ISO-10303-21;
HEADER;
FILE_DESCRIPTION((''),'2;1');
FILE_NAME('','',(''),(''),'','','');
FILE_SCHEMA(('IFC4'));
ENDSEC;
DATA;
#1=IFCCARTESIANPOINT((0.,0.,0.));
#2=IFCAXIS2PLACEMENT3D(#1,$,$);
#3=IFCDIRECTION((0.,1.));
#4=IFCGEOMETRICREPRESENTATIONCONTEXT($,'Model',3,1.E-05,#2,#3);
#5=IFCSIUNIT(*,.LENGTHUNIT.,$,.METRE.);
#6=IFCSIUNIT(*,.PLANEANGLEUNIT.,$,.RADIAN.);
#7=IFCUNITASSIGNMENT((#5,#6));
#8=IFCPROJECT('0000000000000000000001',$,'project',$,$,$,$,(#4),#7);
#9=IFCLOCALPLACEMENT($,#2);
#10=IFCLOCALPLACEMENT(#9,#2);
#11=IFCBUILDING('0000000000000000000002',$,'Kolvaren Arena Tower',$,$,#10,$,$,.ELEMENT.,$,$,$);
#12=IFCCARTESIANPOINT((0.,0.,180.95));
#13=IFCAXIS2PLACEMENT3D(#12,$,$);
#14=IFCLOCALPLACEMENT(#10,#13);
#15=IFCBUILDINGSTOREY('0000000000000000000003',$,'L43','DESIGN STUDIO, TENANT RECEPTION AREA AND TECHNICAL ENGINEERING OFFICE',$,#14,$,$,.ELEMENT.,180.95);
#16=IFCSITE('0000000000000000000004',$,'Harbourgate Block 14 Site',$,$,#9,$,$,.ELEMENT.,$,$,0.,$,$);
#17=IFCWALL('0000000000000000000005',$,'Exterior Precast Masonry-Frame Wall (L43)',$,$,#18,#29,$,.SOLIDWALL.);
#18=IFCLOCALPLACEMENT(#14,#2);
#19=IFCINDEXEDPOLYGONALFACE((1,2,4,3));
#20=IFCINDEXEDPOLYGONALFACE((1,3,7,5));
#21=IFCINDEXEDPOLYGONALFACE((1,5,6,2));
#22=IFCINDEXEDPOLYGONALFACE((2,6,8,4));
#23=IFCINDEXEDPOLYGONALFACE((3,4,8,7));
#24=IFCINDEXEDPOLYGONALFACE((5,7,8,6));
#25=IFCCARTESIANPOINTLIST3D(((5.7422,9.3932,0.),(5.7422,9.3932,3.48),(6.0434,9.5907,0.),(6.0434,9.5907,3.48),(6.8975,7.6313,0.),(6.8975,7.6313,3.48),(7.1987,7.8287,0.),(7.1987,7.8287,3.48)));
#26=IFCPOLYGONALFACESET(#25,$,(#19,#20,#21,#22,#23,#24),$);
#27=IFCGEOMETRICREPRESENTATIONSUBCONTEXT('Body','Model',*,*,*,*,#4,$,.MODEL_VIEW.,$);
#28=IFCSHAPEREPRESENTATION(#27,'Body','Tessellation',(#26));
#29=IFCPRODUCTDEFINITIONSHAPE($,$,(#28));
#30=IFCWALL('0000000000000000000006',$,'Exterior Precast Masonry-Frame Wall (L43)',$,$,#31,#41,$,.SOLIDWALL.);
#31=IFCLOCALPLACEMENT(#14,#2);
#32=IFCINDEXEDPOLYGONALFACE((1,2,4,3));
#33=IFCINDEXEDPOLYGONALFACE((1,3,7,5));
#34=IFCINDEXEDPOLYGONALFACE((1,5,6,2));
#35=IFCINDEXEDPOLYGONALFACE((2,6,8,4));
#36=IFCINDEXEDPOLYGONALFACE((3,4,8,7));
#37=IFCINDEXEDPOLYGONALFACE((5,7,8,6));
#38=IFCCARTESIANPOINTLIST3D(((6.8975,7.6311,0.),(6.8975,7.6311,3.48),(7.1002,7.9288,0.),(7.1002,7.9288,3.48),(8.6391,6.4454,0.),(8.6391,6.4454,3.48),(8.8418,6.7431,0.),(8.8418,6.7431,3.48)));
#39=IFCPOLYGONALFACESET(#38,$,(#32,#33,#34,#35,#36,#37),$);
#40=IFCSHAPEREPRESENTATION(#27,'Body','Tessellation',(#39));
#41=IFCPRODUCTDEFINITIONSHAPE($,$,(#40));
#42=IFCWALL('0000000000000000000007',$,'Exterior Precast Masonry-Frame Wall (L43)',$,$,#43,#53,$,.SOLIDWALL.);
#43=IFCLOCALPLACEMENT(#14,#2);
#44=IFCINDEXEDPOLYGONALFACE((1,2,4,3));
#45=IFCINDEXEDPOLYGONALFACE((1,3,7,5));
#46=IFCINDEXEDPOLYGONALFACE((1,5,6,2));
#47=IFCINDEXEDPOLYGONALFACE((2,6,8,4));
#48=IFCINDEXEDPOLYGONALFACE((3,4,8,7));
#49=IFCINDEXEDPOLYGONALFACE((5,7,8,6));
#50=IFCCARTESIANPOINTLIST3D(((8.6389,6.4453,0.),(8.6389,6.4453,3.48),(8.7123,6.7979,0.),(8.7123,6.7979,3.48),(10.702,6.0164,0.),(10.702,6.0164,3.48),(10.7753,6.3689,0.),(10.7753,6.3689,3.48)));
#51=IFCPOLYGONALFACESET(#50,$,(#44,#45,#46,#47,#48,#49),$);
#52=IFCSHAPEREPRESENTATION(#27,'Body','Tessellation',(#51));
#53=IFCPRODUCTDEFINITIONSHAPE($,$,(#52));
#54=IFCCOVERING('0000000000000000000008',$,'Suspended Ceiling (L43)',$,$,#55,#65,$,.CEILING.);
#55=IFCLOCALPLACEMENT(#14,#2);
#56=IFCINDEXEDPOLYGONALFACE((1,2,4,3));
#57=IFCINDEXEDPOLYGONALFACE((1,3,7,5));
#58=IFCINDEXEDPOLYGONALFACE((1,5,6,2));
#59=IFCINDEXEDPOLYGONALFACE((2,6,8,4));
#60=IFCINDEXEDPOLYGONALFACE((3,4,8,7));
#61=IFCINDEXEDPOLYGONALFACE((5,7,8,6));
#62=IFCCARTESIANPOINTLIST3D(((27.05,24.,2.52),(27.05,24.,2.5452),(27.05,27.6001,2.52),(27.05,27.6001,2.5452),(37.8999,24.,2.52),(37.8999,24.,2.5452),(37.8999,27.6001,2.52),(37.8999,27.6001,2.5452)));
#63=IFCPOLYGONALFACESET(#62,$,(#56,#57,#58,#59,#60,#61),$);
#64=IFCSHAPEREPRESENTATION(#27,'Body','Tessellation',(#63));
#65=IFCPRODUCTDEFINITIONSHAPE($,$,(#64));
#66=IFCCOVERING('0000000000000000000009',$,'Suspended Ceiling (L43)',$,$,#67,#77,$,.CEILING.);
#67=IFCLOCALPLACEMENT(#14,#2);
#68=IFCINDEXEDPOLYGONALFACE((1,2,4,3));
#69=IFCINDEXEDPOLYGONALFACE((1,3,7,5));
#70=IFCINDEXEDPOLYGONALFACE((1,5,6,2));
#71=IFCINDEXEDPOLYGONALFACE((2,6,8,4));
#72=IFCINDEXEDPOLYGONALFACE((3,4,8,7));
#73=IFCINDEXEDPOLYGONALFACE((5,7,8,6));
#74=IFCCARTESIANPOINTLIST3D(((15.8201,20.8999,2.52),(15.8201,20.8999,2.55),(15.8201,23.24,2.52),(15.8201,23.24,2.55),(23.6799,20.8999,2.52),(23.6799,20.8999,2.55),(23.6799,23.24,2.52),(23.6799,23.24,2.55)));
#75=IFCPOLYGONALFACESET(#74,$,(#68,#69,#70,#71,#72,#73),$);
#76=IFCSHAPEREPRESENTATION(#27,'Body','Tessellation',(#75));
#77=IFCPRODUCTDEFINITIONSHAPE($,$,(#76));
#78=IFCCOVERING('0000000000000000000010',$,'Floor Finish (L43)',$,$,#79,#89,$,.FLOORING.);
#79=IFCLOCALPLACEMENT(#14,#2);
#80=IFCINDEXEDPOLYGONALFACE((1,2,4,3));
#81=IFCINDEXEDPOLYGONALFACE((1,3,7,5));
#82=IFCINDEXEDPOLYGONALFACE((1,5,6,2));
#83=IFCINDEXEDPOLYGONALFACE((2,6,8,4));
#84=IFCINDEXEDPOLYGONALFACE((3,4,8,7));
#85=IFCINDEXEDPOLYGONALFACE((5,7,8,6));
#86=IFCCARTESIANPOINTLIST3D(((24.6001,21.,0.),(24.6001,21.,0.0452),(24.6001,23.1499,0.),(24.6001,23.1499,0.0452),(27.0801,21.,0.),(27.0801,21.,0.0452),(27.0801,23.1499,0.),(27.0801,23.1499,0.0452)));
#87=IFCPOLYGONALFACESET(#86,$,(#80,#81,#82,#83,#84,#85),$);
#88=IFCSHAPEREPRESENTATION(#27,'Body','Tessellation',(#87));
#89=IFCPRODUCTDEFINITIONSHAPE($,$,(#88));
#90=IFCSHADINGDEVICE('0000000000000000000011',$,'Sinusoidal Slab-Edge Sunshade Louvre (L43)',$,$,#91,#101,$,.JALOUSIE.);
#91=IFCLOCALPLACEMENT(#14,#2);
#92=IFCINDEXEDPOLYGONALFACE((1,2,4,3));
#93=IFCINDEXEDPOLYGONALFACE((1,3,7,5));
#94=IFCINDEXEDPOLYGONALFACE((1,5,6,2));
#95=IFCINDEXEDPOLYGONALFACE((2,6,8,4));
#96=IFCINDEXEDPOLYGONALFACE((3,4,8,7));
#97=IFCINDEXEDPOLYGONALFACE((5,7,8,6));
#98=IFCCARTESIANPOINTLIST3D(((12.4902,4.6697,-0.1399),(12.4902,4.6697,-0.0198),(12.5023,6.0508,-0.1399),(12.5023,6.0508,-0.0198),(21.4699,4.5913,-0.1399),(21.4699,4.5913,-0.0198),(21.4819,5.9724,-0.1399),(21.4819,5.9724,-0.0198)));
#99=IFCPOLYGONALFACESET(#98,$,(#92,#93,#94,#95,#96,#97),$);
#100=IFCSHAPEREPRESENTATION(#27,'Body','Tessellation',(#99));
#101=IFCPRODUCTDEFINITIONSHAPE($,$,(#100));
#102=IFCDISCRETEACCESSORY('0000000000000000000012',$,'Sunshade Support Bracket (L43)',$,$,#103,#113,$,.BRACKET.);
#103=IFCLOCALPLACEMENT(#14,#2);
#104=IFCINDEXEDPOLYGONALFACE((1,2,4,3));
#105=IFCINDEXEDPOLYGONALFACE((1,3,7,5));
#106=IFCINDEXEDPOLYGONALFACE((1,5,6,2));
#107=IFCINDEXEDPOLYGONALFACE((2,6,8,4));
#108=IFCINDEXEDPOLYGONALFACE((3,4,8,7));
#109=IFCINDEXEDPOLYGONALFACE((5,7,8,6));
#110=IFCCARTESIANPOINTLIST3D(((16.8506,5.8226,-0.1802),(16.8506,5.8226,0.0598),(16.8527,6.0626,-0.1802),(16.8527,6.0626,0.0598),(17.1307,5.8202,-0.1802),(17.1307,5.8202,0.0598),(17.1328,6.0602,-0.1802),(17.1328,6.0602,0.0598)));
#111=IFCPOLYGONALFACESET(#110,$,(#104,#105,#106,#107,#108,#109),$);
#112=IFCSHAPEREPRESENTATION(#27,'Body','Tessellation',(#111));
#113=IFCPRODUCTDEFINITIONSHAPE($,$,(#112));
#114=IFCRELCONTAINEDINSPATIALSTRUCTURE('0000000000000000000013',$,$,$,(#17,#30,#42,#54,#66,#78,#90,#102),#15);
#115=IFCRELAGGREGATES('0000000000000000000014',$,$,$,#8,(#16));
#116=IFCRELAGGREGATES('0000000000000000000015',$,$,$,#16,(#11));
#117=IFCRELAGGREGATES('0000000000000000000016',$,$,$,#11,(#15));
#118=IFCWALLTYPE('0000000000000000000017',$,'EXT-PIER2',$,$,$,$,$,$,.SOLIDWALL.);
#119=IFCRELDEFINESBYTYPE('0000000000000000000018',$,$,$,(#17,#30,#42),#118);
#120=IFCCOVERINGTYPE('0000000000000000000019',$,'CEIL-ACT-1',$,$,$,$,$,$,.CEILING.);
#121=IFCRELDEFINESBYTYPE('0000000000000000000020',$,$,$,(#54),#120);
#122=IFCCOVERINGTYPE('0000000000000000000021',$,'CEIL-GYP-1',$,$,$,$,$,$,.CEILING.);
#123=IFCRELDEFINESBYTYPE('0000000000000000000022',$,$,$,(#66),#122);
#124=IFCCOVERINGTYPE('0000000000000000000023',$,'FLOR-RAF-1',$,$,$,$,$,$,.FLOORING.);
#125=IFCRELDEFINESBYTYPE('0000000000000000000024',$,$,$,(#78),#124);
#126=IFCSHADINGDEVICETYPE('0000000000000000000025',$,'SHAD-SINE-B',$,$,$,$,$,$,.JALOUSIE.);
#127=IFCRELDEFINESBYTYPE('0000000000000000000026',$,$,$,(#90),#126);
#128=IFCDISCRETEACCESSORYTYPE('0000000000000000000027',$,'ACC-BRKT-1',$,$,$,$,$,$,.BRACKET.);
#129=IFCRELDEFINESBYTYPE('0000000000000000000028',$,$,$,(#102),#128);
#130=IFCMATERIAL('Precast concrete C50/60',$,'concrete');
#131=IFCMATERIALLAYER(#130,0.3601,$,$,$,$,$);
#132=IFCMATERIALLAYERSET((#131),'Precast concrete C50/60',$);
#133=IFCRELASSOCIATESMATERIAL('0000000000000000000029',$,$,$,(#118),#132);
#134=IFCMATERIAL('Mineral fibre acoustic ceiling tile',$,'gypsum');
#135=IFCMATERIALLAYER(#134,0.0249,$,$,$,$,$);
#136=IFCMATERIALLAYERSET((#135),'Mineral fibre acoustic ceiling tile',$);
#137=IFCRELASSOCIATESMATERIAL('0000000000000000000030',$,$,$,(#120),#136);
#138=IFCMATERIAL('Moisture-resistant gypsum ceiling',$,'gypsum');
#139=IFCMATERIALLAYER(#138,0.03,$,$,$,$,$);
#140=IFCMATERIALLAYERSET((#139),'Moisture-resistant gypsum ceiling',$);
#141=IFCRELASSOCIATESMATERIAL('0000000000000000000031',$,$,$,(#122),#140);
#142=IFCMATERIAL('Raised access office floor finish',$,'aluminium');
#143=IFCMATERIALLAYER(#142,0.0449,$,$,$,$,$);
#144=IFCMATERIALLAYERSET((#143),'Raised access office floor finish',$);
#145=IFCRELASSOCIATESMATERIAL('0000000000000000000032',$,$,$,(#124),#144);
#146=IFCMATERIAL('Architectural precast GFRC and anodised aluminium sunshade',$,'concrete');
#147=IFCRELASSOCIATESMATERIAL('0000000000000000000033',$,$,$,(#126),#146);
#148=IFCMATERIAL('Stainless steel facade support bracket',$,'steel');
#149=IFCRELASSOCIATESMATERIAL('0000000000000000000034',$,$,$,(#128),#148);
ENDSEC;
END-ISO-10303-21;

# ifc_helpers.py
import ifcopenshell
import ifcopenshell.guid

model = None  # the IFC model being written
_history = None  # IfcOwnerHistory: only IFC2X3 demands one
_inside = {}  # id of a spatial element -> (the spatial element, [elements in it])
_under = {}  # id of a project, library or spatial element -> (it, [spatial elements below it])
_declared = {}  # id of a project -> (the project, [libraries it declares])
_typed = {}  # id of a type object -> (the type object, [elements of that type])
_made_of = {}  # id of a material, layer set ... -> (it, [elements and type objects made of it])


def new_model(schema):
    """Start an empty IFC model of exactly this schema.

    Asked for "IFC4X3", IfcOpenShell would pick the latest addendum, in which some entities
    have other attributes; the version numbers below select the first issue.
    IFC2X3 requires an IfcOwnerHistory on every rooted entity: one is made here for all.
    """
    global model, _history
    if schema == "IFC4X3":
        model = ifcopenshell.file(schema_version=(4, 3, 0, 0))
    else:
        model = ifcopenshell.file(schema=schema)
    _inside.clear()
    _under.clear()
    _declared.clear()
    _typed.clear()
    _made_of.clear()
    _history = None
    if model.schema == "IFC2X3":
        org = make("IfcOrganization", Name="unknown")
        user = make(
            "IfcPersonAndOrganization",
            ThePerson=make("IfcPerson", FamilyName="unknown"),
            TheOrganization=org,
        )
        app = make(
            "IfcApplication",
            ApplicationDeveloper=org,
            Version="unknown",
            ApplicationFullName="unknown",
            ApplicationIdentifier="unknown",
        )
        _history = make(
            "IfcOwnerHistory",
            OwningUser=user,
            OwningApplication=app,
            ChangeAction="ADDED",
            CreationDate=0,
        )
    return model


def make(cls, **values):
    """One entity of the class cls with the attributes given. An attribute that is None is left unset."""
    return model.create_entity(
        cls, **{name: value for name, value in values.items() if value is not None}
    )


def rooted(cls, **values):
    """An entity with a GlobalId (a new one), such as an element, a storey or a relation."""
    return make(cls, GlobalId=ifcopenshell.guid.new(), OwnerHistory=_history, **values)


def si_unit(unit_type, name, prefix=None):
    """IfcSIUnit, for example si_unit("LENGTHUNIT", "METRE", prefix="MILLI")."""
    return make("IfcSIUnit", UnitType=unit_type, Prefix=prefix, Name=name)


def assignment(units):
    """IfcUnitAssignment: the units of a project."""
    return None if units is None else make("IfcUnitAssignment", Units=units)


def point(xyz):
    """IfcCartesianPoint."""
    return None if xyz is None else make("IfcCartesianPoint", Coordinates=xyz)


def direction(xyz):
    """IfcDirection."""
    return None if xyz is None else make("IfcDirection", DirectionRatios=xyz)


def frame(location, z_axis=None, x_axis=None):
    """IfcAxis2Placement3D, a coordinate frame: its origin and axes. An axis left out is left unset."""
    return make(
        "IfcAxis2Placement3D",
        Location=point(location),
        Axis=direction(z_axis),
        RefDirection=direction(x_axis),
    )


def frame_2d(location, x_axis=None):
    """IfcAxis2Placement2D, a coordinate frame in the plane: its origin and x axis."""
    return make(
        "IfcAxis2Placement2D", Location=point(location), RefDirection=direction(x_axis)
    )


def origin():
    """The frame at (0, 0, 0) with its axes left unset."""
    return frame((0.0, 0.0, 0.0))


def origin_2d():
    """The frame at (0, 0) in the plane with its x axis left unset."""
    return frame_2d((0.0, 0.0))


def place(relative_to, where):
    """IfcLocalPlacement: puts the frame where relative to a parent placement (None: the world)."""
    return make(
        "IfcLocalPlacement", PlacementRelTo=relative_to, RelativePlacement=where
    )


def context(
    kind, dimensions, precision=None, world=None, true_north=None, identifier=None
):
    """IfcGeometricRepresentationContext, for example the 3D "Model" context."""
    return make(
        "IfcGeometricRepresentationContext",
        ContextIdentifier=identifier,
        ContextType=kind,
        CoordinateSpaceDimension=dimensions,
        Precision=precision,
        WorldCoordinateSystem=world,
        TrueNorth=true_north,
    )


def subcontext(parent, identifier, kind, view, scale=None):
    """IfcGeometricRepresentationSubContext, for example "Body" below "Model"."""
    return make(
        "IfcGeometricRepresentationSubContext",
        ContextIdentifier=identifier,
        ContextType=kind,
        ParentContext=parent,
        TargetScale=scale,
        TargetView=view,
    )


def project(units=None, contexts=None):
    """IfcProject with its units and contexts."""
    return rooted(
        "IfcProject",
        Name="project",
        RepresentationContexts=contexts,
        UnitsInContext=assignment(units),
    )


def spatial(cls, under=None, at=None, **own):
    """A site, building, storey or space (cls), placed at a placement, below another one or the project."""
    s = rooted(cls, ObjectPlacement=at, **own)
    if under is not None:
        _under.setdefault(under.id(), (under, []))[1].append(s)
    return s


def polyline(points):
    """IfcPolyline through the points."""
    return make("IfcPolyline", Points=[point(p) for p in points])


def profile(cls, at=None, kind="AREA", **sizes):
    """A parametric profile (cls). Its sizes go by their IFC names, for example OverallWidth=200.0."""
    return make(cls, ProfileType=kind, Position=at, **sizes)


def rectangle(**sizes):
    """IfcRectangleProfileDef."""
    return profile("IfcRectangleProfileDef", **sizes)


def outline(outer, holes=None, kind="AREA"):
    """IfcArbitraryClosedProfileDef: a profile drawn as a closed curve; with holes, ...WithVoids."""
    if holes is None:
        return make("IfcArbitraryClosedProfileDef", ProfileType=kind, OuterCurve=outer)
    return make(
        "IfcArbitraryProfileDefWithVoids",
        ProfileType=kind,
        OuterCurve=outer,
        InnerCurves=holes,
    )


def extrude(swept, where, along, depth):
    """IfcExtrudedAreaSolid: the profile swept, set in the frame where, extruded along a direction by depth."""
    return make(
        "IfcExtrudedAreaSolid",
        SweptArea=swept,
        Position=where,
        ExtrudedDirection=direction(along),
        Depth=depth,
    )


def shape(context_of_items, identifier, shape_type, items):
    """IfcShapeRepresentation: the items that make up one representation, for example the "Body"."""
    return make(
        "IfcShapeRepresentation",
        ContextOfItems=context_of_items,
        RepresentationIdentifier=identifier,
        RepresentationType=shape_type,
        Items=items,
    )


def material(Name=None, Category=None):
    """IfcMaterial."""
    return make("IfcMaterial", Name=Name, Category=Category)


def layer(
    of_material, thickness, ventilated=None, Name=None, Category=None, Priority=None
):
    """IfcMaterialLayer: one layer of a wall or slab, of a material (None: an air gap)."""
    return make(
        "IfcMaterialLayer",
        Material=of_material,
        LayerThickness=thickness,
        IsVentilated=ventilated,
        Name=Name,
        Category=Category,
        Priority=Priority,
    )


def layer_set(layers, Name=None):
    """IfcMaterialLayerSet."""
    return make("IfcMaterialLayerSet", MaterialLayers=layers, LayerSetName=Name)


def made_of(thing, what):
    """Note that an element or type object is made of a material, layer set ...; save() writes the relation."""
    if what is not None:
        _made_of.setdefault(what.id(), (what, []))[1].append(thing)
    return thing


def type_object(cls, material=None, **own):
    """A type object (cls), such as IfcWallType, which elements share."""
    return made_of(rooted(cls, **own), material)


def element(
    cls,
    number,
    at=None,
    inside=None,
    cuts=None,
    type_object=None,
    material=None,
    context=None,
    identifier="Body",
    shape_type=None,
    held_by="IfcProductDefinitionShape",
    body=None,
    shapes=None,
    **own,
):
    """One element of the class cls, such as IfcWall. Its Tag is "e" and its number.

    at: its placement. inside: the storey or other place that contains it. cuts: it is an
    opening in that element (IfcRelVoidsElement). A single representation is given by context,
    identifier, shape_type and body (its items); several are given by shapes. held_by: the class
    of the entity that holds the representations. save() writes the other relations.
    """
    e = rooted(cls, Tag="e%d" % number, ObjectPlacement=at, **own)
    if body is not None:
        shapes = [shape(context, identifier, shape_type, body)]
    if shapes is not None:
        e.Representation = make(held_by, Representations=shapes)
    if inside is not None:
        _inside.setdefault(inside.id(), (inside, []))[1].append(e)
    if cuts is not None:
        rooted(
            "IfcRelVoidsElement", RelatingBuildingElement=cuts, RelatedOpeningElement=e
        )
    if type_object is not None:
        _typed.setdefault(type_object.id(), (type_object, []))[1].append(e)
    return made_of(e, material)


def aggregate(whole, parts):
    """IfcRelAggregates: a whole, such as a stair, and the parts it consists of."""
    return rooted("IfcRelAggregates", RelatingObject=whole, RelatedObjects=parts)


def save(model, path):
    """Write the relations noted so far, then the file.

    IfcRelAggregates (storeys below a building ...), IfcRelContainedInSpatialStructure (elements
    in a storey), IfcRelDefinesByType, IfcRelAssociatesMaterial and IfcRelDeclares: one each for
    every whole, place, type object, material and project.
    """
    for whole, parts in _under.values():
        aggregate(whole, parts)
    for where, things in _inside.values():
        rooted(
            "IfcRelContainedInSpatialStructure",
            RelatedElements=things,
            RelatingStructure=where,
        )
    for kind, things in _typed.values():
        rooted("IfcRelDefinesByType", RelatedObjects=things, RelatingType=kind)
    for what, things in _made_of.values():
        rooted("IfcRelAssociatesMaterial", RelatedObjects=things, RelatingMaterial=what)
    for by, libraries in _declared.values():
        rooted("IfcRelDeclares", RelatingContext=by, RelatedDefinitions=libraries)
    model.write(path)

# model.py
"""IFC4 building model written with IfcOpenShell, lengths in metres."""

from ifc_helpers import new_model, si_unit, direction, frame, frame_2d, origin, origin_2d, place, context, subcontext, project, spatial, polyline, rectangle, outline, extrude, material, layer, layer_set, type_object, element, save


model = new_model("IFC4")

# Units and contexts
model_context = context("Model", 3, precision=1e-05, world=origin(), true_north=direction((0.0, 1.0)))
body_context = subcontext(model_context, "Body", "Model", "MODEL_VIEW")
ifc_project = project(units=[si_unit("LENGTHUNIT", "METRE"), si_unit("PLANEANGLEUNIT", "RADIAN")], contexts=[model_context])

# Site, building, storey
site_placement = place(None, origin())
site = spatial("IfcSite", under=ifc_project, at=site_placement, Name="Harbourgate Block 14 Site", CompositionType="ELEMENT", RefElevation=0.0)
building_placement = place(site_placement, origin())
building = spatial("IfcBuilding", under=site, at=building_placement, Name="Kolvaren Arena Tower", CompositionType="ELEMENT")
storey_placement = place(building_placement, frame((0.0, 0.0, 180.95)))
storey = spatial("IfcBuildingStorey", under=building, at=storey_placement, Name="L43", Description="DESIGN STUDIO, TENANT RECEPTION AREA AND TECHNICAL ENGINEERING OFFICE", CompositionType="ELEMENT", Elevation=180.95)

# Walls
ifc_material_1 = material(Name="Precast concrete C50/60", Category="concrete")
ifc_layer_1 = layer(ifc_material_1, 0.3601)
ifc_layer_set_1 = layer_set([ifc_layer_1], Name="Precast concrete C50/60")
wall_type = type_object("IfcWallType", Name="EXT-PIER2", PredefinedType="SOLIDWALL", material=ifc_layer_set_1)
for number, where, z_axis, x_axis, name in (
    (1, (7.0481, 7.73, 0.0), (0.0, 0.0, 1.0), (-0.54832, 0.836269, 0.0), "Exterior Precast Masonry-Frame Wall (L43)"),
    (2, (8.7405, 6.5942, 0.0), (0.0, 0.0, 1.0), (-0.82661, 0.562776, 0.0), "Exterior Precast Masonry-Frame Wall (L43)"),
):
    element("IfcWall", number, at=place(storey_placement, frame(where, z_axis=z_axis, x_axis=x_axis)), inside=storey, type_object=wall_type, Name=name, PredefinedType="SOLIDWALL", context=body_context, shape_type="SweptSolid", body=[
        extrude(rectangle(XDim=2.1069, YDim=0.3601, at=frame_2d((1.0535, 0.0))), origin(), (0.0, 0.0, 1.0), 3.48),
    ])
wall_placement = place(storey_placement, frame((10.7388, 6.1926, 0.0), z_axis=(0.0, 0.0, 1.0), x_axis=(-0.979059, 0.203575, 0.0)))
element("IfcWall", 3, at=wall_placement, inside=storey, type_object=wall_type, Name="Exterior Precast Masonry-Frame Wall (L43)", PredefinedType="SOLIDWALL", context=body_context, shape_type="SweptSolid", body=[
    extrude(rectangle(XDim=2.1072, YDim=0.3601, at=frame_2d((1.0537, 0.0))), origin(), (0.0, 0.0, 1.0), 3.48),
])

# Coverings
ifc_material_2 = material(Name="Mineral fibre acoustic ceiling tile", Category="gypsum")
ifc_layer_2 = layer(ifc_material_2, 0.0249)
ifc_layer_set_2 = layer_set([ifc_layer_2], Name="Mineral fibre acoustic ceiling tile")
covering_type_1 = type_object("IfcCoveringType", Name="CEIL-ACT-1", PredefinedType="CEILING", material=ifc_layer_set_2)
covering_1_placement = place(storey_placement, frame((0.0, 0.0, 2.52)))
element("IfcCovering", 4, at=covering_1_placement, inside=storey, type_object=covering_type_1, Name="Suspended Ceiling (L43)", PredefinedType="CEILING", context=body_context, shape_type="SweptSolid", body=[
    extrude(outline(polyline([(27.05, 24.0), (27.05, 27.6001), (37.8999, 27.6001), (37.8999, 24.0), (27.05, 24.0)])), origin(), (0.0, 0.0, 1.0), 0.0251),
])
ifc_material_3 = material(Name="Moisture-resistant gypsum ceiling", Category="gypsum")
ifc_layer_3 = layer(ifc_material_3, 0.03)
ifc_layer_set_3 = layer_set([ifc_layer_3], Name="Moisture-resistant gypsum ceiling")
covering_type_2 = type_object("IfcCoveringType", Name="CEIL-GYP-1", PredefinedType="CEILING", material=ifc_layer_set_3)
covering_2_placement = place(storey_placement, frame((0.0, 0.0, 2.52)))
element("IfcCovering", 5, at=covering_2_placement, inside=storey, type_object=covering_type_2, Name="Suspended Ceiling (L43)", PredefinedType="CEILING", context=body_context, shape_type="SweptSolid", body=[
    extrude(outline(polyline([(15.8201, 20.8999), (15.8201, 23.24), (23.6799, 23.24), (23.6799, 20.8999), (15.8201, 20.8999)])), origin(), (0.0, 0.0, 1.0), 0.03),
])
ifc_material_4 = material(Name="Raised access office floor finish", Category="aluminium")
ifc_layer_4 = layer(ifc_material_4, 0.0449)
ifc_layer_set_4 = layer_set([ifc_layer_4], Name="Raised access office floor finish")
covering_type_3 = type_object("IfcCoveringType", Name="FLOR-RAF-1", PredefinedType="FLOORING", material=ifc_layer_set_4)
covering_3_placement = place(storey_placement, origin())
element("IfcCovering", 6, at=covering_3_placement, inside=storey, type_object=covering_type_3, Name="Floor Finish (L43)", PredefinedType="FLOORING", context=body_context, shape_type="SweptSolid", body=[
    extrude(outline(polyline([(24.6001, 21.0), (24.6001, 23.1499), (27.0801, 23.1499), (27.0801, 21.0), (24.6001, 21.0)])), origin(), (0.0, 0.0, 1.0), 0.0452),
])

# Shading device
ifc_material_5 = material(Name="Architectural precast GFRC and anodised aluminium sunshade", Category="concrete")
shading_device_type = type_object("IfcShadingDeviceType", Name="SHAD-SINE-B", PredefinedType="JALOUSIE", material=ifc_material_5)
shading_device_placement = place(storey_placement, frame((16.9861, 5.321, -0.1399), z_axis=(0.0, 0.0, 1.0), x_axis=(-0.999962, 0.008727, 0.0)))
element("IfcShadingDevice", 7, at=shading_device_placement, inside=storey, type_object=shading_device_type, Name="Sinusoidal Slab-Edge Sunshade Louvre (L43)", PredefinedType="JALOUSIE", context=body_context, shape_type="SweptSolid", body=[
    extrude(rectangle(XDim=8.98, YDim=1.3811, at=origin_2d()), origin(), (0.0, 0.0, 1.0), 0.1201),
])

# Discrete accessory
ifc_material_6 = material(Name="Stainless steel facade support bracket", Category="steel")
discrete_accessory_type = type_object("IfcDiscreteAccessoryType", Name="ACC-BRKT-1", PredefinedType="BRACKET", material=ifc_material_6)
discrete_accessory_placement = place(storey_placement, frame((16.9917, 5.9414, -0.1802), z_axis=(0.0, 0.0, 1.0), x_axis=(-0.999962, 0.008727, 0.0)))
element("IfcDiscreteAccessory", 8, at=discrete_accessory_placement, inside=storey, type_object=discrete_accessory_type, Name="Sunshade Support Bracket (L43)", PredefinedType="BRACKET", context=body_context, shape_type="SweptSolid", body=[
    extrude(rectangle(XDim=0.28, YDim=0.24, at=origin_2d()), origin(), (0.0, 0.0, 1.0), 0.24),
])

save(model, "model.ifc")
